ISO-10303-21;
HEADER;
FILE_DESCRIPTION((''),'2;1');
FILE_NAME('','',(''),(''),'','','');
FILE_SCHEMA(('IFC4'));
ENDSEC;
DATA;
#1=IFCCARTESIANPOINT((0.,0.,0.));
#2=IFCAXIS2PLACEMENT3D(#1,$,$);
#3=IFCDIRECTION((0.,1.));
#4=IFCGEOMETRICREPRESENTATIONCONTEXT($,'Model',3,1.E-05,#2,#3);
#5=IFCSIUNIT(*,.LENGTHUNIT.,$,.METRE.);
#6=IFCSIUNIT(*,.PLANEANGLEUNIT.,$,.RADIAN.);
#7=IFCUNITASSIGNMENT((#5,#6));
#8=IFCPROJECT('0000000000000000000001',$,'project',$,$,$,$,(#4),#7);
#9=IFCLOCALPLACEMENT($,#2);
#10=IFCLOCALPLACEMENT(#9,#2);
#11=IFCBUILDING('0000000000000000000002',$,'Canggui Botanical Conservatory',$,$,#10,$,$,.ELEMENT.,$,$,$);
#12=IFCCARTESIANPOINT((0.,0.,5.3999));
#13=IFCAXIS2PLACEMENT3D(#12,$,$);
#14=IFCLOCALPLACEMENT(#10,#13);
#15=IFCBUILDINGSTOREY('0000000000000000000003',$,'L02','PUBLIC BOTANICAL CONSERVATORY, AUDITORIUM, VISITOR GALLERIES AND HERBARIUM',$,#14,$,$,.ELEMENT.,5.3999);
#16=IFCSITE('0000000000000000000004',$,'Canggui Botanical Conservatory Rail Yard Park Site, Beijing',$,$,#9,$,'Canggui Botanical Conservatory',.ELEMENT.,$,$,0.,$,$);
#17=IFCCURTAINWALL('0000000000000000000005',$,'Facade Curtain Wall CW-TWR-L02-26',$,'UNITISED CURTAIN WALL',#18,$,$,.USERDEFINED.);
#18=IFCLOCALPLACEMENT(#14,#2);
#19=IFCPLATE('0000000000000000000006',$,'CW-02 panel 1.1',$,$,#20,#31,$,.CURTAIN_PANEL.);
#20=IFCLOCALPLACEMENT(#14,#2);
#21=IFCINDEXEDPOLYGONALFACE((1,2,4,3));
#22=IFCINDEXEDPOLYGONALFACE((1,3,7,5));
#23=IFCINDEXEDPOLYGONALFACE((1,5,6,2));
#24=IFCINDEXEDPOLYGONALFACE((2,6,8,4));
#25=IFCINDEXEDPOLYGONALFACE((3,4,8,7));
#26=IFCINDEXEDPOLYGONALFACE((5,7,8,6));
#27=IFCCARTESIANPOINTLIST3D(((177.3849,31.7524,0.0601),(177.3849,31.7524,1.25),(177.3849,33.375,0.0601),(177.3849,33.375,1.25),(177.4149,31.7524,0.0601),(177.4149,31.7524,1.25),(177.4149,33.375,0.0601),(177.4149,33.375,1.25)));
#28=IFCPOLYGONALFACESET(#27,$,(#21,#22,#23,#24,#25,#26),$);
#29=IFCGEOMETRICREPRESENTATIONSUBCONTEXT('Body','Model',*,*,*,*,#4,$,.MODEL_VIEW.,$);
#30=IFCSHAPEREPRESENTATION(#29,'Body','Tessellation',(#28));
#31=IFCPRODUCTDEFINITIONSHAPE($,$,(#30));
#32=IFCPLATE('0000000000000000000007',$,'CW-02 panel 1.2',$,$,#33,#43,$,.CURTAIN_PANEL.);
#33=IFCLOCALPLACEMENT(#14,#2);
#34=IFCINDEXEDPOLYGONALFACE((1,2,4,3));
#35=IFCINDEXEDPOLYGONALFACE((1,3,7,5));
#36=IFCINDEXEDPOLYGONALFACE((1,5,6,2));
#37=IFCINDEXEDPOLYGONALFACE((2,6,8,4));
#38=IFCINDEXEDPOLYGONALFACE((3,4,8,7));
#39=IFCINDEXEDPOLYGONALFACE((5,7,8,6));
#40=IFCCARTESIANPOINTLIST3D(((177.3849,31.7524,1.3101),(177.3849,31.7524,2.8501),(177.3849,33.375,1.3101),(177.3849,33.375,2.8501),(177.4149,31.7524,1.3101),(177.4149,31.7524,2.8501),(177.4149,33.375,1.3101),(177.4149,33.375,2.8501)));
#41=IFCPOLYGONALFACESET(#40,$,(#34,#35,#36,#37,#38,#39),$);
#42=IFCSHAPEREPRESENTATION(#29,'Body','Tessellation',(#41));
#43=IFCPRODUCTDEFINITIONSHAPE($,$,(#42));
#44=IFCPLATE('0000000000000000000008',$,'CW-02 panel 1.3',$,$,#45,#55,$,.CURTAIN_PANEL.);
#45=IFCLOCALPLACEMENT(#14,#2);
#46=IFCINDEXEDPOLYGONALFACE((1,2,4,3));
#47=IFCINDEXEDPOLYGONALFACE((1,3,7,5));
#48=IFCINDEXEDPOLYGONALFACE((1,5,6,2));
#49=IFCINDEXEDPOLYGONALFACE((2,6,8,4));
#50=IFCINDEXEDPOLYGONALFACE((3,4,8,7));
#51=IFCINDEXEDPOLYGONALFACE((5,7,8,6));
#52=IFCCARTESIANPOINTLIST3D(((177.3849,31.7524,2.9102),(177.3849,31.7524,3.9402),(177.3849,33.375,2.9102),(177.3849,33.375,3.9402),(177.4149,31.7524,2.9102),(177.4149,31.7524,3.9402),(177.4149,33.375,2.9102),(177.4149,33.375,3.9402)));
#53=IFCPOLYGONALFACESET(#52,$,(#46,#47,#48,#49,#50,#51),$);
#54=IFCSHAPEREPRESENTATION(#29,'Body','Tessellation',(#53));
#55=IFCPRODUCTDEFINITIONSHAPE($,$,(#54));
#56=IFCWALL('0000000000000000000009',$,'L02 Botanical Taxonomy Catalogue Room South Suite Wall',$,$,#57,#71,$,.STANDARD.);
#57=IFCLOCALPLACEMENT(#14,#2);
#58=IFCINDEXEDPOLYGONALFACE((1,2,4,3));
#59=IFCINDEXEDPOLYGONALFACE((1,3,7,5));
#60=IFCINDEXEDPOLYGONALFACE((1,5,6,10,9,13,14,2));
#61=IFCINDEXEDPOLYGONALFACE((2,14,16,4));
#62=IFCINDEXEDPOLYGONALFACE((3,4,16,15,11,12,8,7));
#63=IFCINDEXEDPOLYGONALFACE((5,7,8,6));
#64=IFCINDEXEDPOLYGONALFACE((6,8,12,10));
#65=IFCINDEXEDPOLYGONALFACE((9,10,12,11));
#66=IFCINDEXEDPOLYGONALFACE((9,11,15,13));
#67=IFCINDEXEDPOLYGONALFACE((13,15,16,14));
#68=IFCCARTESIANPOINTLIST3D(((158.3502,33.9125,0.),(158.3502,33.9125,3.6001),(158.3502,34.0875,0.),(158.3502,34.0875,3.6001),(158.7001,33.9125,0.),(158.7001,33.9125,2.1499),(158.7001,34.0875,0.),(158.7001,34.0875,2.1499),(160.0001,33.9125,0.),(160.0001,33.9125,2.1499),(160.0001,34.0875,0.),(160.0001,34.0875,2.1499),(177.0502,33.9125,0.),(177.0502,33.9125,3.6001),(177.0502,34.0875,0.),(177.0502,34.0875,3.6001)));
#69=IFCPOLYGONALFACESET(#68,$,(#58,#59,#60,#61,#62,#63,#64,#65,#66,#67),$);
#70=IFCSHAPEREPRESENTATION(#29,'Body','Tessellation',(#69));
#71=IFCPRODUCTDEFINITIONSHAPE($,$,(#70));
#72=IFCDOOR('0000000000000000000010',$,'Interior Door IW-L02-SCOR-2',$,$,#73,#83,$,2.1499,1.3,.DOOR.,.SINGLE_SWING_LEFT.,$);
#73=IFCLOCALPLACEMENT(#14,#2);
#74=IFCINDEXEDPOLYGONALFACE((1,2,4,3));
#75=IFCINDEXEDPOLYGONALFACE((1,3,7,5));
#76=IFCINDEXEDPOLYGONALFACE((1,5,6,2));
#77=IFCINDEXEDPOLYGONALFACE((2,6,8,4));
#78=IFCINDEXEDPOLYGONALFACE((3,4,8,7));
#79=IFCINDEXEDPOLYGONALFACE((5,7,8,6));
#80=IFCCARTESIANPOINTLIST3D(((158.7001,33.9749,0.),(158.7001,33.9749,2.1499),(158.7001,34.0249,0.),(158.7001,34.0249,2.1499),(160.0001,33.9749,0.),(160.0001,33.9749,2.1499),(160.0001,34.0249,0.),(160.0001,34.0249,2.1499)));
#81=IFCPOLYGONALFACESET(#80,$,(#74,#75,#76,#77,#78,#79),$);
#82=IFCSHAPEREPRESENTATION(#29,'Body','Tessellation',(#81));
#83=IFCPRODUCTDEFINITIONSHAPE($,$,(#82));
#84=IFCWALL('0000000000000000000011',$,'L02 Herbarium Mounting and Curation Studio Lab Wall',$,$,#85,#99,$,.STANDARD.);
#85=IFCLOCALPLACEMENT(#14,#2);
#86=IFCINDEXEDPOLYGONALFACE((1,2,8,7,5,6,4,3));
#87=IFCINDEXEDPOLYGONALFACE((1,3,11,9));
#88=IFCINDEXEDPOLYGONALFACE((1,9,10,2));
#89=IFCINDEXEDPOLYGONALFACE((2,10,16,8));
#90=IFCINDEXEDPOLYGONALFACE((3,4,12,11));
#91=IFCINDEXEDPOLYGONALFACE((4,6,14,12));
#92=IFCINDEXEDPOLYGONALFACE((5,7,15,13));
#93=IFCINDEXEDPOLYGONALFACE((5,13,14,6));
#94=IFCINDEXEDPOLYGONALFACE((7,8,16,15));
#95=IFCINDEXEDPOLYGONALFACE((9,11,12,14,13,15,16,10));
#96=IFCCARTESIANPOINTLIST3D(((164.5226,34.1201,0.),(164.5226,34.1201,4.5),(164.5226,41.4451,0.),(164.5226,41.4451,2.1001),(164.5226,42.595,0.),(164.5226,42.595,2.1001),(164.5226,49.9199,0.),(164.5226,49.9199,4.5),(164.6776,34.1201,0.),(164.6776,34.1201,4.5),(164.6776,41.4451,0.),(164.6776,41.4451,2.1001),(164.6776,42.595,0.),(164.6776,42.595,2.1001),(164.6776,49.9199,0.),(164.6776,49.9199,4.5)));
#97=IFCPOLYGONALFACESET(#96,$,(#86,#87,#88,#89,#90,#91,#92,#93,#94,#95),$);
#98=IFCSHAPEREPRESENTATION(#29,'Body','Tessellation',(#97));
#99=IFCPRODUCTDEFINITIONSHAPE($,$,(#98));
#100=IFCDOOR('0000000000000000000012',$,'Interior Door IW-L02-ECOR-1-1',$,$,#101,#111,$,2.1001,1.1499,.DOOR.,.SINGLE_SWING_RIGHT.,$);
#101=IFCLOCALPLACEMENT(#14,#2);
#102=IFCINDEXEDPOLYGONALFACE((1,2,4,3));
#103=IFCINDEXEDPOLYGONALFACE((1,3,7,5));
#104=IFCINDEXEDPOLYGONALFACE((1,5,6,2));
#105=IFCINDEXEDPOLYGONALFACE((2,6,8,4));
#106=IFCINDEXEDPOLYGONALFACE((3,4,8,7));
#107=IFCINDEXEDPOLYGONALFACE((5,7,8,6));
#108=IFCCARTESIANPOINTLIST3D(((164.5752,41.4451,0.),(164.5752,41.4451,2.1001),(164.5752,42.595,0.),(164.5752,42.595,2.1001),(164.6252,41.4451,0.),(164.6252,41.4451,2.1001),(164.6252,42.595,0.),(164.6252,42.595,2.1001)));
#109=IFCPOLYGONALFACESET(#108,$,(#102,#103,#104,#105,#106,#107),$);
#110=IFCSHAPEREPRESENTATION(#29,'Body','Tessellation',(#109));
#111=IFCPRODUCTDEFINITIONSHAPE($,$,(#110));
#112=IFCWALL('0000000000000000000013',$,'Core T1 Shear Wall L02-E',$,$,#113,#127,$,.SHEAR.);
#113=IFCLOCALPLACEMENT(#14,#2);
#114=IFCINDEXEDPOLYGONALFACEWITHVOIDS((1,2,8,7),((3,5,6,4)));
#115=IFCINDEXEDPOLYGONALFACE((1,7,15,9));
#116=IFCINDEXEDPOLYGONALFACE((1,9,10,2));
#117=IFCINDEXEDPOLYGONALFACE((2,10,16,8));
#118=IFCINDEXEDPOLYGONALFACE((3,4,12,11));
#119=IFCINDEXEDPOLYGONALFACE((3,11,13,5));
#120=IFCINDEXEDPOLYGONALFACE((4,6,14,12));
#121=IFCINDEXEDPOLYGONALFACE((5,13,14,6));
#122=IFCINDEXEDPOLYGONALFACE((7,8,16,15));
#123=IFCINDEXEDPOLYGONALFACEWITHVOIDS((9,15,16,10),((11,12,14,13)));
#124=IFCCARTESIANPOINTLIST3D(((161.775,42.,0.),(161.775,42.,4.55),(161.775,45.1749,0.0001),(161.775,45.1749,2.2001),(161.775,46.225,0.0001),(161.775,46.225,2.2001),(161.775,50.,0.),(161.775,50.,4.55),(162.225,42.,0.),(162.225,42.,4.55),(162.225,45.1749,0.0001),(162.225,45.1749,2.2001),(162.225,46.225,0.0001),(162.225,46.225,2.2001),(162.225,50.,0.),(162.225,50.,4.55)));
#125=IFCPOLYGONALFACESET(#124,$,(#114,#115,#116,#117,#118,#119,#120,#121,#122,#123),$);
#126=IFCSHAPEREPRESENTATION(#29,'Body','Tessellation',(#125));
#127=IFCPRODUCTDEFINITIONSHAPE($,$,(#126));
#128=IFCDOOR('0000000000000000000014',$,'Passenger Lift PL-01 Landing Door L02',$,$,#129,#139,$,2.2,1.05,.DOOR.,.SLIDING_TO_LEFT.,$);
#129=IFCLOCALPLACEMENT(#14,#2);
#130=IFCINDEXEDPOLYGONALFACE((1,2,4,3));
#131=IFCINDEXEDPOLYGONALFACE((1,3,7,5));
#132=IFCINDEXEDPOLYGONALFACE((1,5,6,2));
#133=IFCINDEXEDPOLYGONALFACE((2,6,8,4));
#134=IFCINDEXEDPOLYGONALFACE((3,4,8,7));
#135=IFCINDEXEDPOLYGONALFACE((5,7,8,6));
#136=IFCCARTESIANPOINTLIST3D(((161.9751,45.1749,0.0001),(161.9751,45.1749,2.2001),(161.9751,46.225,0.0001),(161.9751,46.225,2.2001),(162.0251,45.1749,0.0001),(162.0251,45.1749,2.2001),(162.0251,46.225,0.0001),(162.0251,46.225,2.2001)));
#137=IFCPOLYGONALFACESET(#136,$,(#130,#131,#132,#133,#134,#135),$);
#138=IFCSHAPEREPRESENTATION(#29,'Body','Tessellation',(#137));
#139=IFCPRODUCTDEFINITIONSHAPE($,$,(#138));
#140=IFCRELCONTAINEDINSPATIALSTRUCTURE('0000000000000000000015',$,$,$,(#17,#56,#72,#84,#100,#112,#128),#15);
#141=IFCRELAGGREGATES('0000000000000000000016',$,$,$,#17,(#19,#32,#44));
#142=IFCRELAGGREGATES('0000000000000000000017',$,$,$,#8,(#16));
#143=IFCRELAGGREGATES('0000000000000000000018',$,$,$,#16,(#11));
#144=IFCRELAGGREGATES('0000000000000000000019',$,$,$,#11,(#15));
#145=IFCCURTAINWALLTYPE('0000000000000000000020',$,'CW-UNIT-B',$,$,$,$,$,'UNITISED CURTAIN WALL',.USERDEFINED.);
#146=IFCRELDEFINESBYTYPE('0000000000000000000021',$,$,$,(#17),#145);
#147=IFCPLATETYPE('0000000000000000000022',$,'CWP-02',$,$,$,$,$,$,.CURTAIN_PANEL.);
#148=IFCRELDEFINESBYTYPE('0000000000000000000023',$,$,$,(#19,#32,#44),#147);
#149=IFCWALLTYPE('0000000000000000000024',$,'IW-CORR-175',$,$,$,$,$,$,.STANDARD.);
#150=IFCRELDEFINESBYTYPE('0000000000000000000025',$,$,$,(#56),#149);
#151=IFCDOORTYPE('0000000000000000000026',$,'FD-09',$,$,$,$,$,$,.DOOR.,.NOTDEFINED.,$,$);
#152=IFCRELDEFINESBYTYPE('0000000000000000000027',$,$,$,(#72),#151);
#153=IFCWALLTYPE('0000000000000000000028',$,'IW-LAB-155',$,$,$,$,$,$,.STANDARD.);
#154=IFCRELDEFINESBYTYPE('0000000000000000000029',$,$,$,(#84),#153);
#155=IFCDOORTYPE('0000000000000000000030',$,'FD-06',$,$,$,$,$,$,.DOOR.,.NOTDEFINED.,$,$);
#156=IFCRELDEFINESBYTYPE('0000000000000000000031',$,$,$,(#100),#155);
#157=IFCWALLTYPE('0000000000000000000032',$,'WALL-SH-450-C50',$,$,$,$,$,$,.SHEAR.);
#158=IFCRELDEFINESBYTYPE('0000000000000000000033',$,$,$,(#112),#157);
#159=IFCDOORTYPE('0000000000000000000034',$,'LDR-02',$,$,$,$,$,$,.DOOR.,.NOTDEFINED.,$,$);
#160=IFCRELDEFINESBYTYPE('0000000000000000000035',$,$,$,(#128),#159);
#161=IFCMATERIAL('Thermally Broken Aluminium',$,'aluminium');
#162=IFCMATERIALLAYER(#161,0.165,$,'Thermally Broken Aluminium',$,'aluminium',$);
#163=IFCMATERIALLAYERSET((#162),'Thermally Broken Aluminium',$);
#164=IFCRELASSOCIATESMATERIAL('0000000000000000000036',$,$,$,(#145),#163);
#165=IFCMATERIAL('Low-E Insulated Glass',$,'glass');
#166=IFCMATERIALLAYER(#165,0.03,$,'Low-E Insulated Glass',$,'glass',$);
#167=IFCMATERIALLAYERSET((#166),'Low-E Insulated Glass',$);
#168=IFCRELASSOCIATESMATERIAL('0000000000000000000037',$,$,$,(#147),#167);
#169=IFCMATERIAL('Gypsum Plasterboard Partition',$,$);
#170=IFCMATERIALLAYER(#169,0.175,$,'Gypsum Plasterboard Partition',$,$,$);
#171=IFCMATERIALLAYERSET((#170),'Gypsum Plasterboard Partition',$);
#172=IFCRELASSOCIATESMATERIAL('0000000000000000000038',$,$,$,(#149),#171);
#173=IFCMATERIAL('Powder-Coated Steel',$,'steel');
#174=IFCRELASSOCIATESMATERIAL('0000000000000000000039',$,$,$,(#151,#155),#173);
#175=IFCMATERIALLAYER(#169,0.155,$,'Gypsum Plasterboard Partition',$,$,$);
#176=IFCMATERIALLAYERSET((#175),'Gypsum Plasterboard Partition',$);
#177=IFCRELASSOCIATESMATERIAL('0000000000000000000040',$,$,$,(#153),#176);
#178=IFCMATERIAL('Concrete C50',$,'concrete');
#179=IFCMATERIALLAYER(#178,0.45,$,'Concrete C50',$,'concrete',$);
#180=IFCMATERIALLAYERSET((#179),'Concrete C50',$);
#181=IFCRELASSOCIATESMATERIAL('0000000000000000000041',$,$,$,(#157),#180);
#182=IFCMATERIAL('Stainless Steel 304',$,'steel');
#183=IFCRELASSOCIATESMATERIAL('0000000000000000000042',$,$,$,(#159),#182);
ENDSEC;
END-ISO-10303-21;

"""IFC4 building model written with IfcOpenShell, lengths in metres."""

from ifc_helpers import new_model, si_unit, direction, frame, frame_2d, origin, origin_2d, place, context, subcontext, project, spatial, rectangle, extrude, material, layer, layer_set, type_object, element, fill, aggregate, save


model = new_model("IFC4")

# Units and contexts
model_context = context("Model", 3, precision=1e-05, world=origin(), true_north=direction((0.0, 1.0)))
body_context = subcontext(model_context, "Body", "Model", "MODEL_VIEW")
ifc_project = project(units=[si_unit("LENGTHUNIT", "METRE"), si_unit("PLANEANGLEUNIT", "RADIAN")], contexts=[model_context])

# Site, building, storey
site_placement = place(None, origin())
site = spatial("IfcSite", under=ifc_project, at=site_placement, Name="Canggui Botanical Conservatory Rail Yard Park Site, Beijing", LongName="Canggui Botanical Conservatory", CompositionType="ELEMENT", RefElevation=0.0)
building_placement = place(site_placement, origin())
building = spatial("IfcBuilding", under=site, at=building_placement, Name="Canggui Botanical Conservatory", CompositionType="ELEMENT")
storey_placement = place(building_placement, frame((0.0, 0.0, 5.3999)))
storey = spatial("IfcBuildingStorey", under=building, at=storey_placement, Name="L02", Description="PUBLIC BOTANICAL CONSERVATORY, AUDITORIUM, VISITOR GALLERIES AND HERBARIUM", CompositionType="ELEMENT", Elevation=5.3999)

# Shared definitions
ifc_material_1 = material(Name="Concrete C50", Category="concrete")

# Curtain wall, plates
ifc_material_2 = material(Name="Thermally Broken Aluminium", Category="aluminium")
ifc_layer_1 = layer(ifc_material_2, 0.165, Name="Thermally Broken Aluminium", Category="aluminium")
ifc_layer_set_1 = layer_set([ifc_layer_1], Name="Thermally Broken Aluminium")
curtain_wall_type = type_object("IfcCurtainWallType", Name="CW-UNIT-B", ElementType="UNITISED CURTAIN WALL", PredefinedType="USERDEFINED", material=ifc_layer_set_1)
curtain_wall_placement = place(storey_placement, origin())
curtain_wall = element("IfcCurtainWall", 1, at=curtain_wall_placement, inside=storey, type_object=curtain_wall_type, Name="Facade Curtain Wall CW-TWR-L02-26", ObjectType="UNITISED CURTAIN WALL", PredefinedType="USERDEFINED")
ifc_material_3 = material(Name="Low-E Insulated Glass", Category="glass")
ifc_layer_2 = layer(ifc_material_3, 0.03, Name="Low-E Insulated Glass", Category="glass")
ifc_layer_set_2 = layer_set([ifc_layer_2], Name="Low-E Insulated Glass")
plate_type = type_object("IfcPlateType", Name="CWP-02", PredefinedType="CURTAIN_PANEL", material=ifc_layer_set_2)
plate_1_placement = place(storey_placement, frame((177.3999, 32.5637, 0.0601), z_axis=(0.0, 0.0, 1.0), x_axis=(0.0, -1.0, 0.0)))
plate_1 = element("IfcPlate", 2, at=plate_1_placement, type_object=plate_type, Name="CW-02 panel 1.1", PredefinedType="CURTAIN_PANEL", context=body_context, shape_type="SweptSolid", body=[
    extrude(rectangle(XDim=1.6226, YDim=0.03, at=origin_2d()), origin(), (0.0, 0.0, 1.0), 1.1899),
])
plate_2_placement = place(storey_placement, frame((177.3999, 32.5637, 1.3101), z_axis=(0.0, 0.0, 1.0), x_axis=(0.0, -1.0, 0.0)))
plate_2 = element("IfcPlate", 3, at=plate_2_placement, type_object=plate_type, Name="CW-02 panel 1.2", PredefinedType="CURTAIN_PANEL", context=body_context, shape_type="SweptSolid", body=[
    extrude(rectangle(XDim=1.6226, YDim=0.03, at=origin_2d()), origin(), (0.0, 0.0, 1.0), 1.54),
])
plate_3_placement = place(storey_placement, frame((177.3999, 32.5637, 2.9102), z_axis=(0.0, 0.0, 1.0), x_axis=(0.0, -1.0, 0.0)))
plate_3 = element("IfcPlate", 4, at=plate_3_placement, type_object=plate_type, Name="CW-02 panel 1.3", PredefinedType="CURTAIN_PANEL", context=body_context, shape_type="SweptSolid", body=[
    extrude(rectangle(XDim=1.6226, YDim=0.03, at=origin_2d()), origin(), (0.0, 0.0, 1.0), 1.03),
])
aggregate(curtain_wall, [plate_1, plate_2, plate_3])

# Walls, openings, doors
ifc_material_4 = material(Name="Gypsum Plasterboard Partition")
ifc_layer_3 = layer(ifc_material_4, 0.175, Name="Gypsum Plasterboard Partition")
ifc_layer_set_3 = layer_set([ifc_layer_3], Name="Gypsum Plasterboard Partition")
wall_type_1 = type_object("IfcWallType", Name="IW-CORR-175", PredefinedType="STANDARD", material=ifc_layer_set_3)
wall_1_placement = place(storey_placement, frame((158.3501, 34.0, 0.0), z_axis=(0.0, 0.0, 1.0), x_axis=(1.0, 0.0, 0.0)))
wall_1 = element("IfcWall", 5, at=wall_1_placement, inside=storey, type_object=wall_type_1, Name="L02 Botanical Taxonomy Catalogue Room South Suite Wall", PredefinedType="STANDARD", context=body_context, shape_type="SweptSolid", body=[
    extrude(rectangle(XDim=18.7, YDim=0.175, at=frame_2d((9.3501, 0.0))), origin(), (0.0, 0.0, 1.0), 3.6001),
])
opening_1_placement = place(wall_1_placement, frame((0.3501, 0.0, 0.0)))
opening_1 = element("IfcOpeningElement", 6, at=opening_1_placement, cuts=wall_1, PredefinedType="OPENING", context=body_context, shape_type="SweptSolid", body=[
    extrude(rectangle(XDim=1.3, YDim=2.1499, at=frame_2d((0.6499, 1.075))), frame((0.0, 0.0977, 0.0), z_axis=(0.0, -1.0, 0.0), x_axis=(1.0, 0.0, 0.0)), (0.0, 0.0, 1.0), 0.1951),
])
ifc_material_5 = material(Name="Powder-Coated Steel", Category="steel")
door_type_1 = type_object("IfcDoorType", Name="FD-09", OperationType="NOTDEFINED", PredefinedType="DOOR", material=ifc_material_5)
door_1_placement = place(opening_1_placement, origin())
door_1 = element("IfcDoor", 7, at=door_1_placement, inside=storey, type_object=door_type_1, Name="Interior Door IW-L02-SCOR-2", OperationType="SINGLE_SWING_LEFT", OverallHeight=2.1499, OverallWidth=1.3, PredefinedType="DOOR", context=body_context, shape_type="SweptSolid", body=[
    extrude(rectangle(XDim=1.3, YDim=2.1499, at=frame_2d((0.6499, 1.075))), frame((0.0, 0.0249, 0.0), z_axis=(0.0, -1.0, 0.0), x_axis=(1.0, 0.0, 0.0)), (0.0, 0.0, 1.0), 0.05),
])
fill(opening_1, door_1)
ifc_layer_4 = layer(ifc_material_4, 0.155, Name="Gypsum Plasterboard Partition")
ifc_layer_set_4 = layer_set([ifc_layer_4], Name="Gypsum Plasterboard Partition")
wall_type_2 = type_object("IfcWallType", Name="IW-LAB-155", PredefinedType="STANDARD", material=ifc_layer_set_4)
wall_2_placement = place(storey_placement, frame((164.6001, 34.1201, 0.0), z_axis=(0.0, 0.0, 1.0), x_axis=(0.0, 1.0, 0.0)))
wall_2 = element("IfcWall", 8, at=wall_2_placement, inside=storey, type_object=wall_type_2, Name="L02 Herbarium Mounting and Curation Studio Lab Wall", PredefinedType="STANDARD", context=body_context, shape_type="SweptSolid", body=[
    extrude(rectangle(XDim=15.7998, YDim=0.155, at=frame_2d((7.8999, 0.0))), origin(), (0.0, 0.0, 1.0), 4.5),
])
opening_2_placement = place(wall_2_placement, frame((7.325, 0.0, 0.0)))
opening_2 = element("IfcOpeningElement", 9, at=opening_2_placement, cuts=wall_2, PredefinedType="OPENING", context=body_context, shape_type="SweptSolid", body=[
    extrude(rectangle(XDim=1.1499, YDim=2.1001, at=frame_2d((0.575, 1.05))), frame((0.0, 0.0874, 0.0), z_axis=(0.0, -1.0, 0.0), x_axis=(1.0, 0.0, 0.0)), (0.0, 0.0, 1.0), 0.175),
])
door_type_2 = type_object("IfcDoorType", Name="FD-06", OperationType="NOTDEFINED", PredefinedType="DOOR", material=ifc_material_5)
door_2_placement = place(opening_2_placement, origin())
door_2 = element("IfcDoor", 10, at=door_2_placement, inside=storey, type_object=door_type_2, Name="Interior Door IW-L02-ECOR-1-1", OperationType="SINGLE_SWING_RIGHT", OverallHeight=2.1001, OverallWidth=1.1499, PredefinedType="DOOR", context=body_context, shape_type="SweptSolid", body=[
    extrude(rectangle(XDim=1.1499, YDim=2.1001, at=frame_2d((0.575, 1.05))), frame((0.0, 0.0249, 0.0), z_axis=(0.0, -1.0, 0.0), x_axis=(1.0, 0.0, 0.0)), (0.0, 0.0, 1.0), 0.05),
])
fill(opening_2, door_2)
ifc_layer_5 = layer(ifc_material_1, 0.45, Name="Concrete C50", Category="concrete")
ifc_layer_set_5 = layer_set([ifc_layer_5], Name="Concrete C50")
wall_type_3 = type_object("IfcWallType", Name="WALL-SH-450-C50", PredefinedType="SHEAR", material=ifc_layer_set_5)
wall_3_placement = place(storey_placement, frame((162.0, 42.0, 0.0), z_axis=(0.0, 0.0, 1.0), x_axis=(0.0, 1.0, 0.0)))
wall_3 = element("IfcWall", 11, at=wall_3_placement, inside=storey, type_object=wall_type_3, Name="Core T1 Shear Wall L02-E", PredefinedType="SHEAR", context=body_context, shape_type="SweptSolid", body=[
    extrude(rectangle(XDim=8.0, YDim=0.45, at=frame_2d((4.0, 0.0))), origin(), (0.0, 0.0, 1.0), 4.55),
])
opening_3_placement = place(wall_3_placement, frame((3.175, 0.0, 0.0)))
opening_3 = element("IfcOpeningElement", 12, at=opening_3_placement, cuts=wall_3, PredefinedType="OPENING", context=body_context, shape_type="SweptSolid", body=[
    extrude(rectangle(XDim=1.05, YDim=2.2, at=frame_2d((0.5249, 1.1001))), frame((0.0, 0.2349, 0.0), z_axis=(0.0, -1.0, 0.0), x_axis=(1.0, 0.0, 0.0)), (0.0, 0.0, 1.0), 0.47),
])
ifc_material_6 = material(Name="Stainless Steel 304", Category="steel")
door_type_3 = type_object("IfcDoorType", Name="LDR-02", OperationType="NOTDEFINED", PredefinedType="DOOR", material=ifc_material_6)
door_3_placement = place(opening_3_placement, origin())
door_3 = element("IfcDoor", 13, at=door_3_placement, inside=storey, type_object=door_type_3, Name="Passenger Lift PL-01 Landing Door L02", OperationType="SLIDING_TO_LEFT", OverallHeight=2.2, OverallWidth=1.05, PredefinedType="DOOR", context=body_context, shape_type="SweptSolid", body=[
    extrude(rectangle(XDim=1.05, YDim=2.2, at=frame_2d((0.5249, 1.1001))), frame((0.0, 0.0249, 0.0), z_axis=(0.0, -1.0, 0.0), x_axis=(1.0, 0.0, 0.0)), (0.0, 0.0, 1.0), 0.05),
])
fill(opening_3, door_3)

save(model, "model.ifc")
